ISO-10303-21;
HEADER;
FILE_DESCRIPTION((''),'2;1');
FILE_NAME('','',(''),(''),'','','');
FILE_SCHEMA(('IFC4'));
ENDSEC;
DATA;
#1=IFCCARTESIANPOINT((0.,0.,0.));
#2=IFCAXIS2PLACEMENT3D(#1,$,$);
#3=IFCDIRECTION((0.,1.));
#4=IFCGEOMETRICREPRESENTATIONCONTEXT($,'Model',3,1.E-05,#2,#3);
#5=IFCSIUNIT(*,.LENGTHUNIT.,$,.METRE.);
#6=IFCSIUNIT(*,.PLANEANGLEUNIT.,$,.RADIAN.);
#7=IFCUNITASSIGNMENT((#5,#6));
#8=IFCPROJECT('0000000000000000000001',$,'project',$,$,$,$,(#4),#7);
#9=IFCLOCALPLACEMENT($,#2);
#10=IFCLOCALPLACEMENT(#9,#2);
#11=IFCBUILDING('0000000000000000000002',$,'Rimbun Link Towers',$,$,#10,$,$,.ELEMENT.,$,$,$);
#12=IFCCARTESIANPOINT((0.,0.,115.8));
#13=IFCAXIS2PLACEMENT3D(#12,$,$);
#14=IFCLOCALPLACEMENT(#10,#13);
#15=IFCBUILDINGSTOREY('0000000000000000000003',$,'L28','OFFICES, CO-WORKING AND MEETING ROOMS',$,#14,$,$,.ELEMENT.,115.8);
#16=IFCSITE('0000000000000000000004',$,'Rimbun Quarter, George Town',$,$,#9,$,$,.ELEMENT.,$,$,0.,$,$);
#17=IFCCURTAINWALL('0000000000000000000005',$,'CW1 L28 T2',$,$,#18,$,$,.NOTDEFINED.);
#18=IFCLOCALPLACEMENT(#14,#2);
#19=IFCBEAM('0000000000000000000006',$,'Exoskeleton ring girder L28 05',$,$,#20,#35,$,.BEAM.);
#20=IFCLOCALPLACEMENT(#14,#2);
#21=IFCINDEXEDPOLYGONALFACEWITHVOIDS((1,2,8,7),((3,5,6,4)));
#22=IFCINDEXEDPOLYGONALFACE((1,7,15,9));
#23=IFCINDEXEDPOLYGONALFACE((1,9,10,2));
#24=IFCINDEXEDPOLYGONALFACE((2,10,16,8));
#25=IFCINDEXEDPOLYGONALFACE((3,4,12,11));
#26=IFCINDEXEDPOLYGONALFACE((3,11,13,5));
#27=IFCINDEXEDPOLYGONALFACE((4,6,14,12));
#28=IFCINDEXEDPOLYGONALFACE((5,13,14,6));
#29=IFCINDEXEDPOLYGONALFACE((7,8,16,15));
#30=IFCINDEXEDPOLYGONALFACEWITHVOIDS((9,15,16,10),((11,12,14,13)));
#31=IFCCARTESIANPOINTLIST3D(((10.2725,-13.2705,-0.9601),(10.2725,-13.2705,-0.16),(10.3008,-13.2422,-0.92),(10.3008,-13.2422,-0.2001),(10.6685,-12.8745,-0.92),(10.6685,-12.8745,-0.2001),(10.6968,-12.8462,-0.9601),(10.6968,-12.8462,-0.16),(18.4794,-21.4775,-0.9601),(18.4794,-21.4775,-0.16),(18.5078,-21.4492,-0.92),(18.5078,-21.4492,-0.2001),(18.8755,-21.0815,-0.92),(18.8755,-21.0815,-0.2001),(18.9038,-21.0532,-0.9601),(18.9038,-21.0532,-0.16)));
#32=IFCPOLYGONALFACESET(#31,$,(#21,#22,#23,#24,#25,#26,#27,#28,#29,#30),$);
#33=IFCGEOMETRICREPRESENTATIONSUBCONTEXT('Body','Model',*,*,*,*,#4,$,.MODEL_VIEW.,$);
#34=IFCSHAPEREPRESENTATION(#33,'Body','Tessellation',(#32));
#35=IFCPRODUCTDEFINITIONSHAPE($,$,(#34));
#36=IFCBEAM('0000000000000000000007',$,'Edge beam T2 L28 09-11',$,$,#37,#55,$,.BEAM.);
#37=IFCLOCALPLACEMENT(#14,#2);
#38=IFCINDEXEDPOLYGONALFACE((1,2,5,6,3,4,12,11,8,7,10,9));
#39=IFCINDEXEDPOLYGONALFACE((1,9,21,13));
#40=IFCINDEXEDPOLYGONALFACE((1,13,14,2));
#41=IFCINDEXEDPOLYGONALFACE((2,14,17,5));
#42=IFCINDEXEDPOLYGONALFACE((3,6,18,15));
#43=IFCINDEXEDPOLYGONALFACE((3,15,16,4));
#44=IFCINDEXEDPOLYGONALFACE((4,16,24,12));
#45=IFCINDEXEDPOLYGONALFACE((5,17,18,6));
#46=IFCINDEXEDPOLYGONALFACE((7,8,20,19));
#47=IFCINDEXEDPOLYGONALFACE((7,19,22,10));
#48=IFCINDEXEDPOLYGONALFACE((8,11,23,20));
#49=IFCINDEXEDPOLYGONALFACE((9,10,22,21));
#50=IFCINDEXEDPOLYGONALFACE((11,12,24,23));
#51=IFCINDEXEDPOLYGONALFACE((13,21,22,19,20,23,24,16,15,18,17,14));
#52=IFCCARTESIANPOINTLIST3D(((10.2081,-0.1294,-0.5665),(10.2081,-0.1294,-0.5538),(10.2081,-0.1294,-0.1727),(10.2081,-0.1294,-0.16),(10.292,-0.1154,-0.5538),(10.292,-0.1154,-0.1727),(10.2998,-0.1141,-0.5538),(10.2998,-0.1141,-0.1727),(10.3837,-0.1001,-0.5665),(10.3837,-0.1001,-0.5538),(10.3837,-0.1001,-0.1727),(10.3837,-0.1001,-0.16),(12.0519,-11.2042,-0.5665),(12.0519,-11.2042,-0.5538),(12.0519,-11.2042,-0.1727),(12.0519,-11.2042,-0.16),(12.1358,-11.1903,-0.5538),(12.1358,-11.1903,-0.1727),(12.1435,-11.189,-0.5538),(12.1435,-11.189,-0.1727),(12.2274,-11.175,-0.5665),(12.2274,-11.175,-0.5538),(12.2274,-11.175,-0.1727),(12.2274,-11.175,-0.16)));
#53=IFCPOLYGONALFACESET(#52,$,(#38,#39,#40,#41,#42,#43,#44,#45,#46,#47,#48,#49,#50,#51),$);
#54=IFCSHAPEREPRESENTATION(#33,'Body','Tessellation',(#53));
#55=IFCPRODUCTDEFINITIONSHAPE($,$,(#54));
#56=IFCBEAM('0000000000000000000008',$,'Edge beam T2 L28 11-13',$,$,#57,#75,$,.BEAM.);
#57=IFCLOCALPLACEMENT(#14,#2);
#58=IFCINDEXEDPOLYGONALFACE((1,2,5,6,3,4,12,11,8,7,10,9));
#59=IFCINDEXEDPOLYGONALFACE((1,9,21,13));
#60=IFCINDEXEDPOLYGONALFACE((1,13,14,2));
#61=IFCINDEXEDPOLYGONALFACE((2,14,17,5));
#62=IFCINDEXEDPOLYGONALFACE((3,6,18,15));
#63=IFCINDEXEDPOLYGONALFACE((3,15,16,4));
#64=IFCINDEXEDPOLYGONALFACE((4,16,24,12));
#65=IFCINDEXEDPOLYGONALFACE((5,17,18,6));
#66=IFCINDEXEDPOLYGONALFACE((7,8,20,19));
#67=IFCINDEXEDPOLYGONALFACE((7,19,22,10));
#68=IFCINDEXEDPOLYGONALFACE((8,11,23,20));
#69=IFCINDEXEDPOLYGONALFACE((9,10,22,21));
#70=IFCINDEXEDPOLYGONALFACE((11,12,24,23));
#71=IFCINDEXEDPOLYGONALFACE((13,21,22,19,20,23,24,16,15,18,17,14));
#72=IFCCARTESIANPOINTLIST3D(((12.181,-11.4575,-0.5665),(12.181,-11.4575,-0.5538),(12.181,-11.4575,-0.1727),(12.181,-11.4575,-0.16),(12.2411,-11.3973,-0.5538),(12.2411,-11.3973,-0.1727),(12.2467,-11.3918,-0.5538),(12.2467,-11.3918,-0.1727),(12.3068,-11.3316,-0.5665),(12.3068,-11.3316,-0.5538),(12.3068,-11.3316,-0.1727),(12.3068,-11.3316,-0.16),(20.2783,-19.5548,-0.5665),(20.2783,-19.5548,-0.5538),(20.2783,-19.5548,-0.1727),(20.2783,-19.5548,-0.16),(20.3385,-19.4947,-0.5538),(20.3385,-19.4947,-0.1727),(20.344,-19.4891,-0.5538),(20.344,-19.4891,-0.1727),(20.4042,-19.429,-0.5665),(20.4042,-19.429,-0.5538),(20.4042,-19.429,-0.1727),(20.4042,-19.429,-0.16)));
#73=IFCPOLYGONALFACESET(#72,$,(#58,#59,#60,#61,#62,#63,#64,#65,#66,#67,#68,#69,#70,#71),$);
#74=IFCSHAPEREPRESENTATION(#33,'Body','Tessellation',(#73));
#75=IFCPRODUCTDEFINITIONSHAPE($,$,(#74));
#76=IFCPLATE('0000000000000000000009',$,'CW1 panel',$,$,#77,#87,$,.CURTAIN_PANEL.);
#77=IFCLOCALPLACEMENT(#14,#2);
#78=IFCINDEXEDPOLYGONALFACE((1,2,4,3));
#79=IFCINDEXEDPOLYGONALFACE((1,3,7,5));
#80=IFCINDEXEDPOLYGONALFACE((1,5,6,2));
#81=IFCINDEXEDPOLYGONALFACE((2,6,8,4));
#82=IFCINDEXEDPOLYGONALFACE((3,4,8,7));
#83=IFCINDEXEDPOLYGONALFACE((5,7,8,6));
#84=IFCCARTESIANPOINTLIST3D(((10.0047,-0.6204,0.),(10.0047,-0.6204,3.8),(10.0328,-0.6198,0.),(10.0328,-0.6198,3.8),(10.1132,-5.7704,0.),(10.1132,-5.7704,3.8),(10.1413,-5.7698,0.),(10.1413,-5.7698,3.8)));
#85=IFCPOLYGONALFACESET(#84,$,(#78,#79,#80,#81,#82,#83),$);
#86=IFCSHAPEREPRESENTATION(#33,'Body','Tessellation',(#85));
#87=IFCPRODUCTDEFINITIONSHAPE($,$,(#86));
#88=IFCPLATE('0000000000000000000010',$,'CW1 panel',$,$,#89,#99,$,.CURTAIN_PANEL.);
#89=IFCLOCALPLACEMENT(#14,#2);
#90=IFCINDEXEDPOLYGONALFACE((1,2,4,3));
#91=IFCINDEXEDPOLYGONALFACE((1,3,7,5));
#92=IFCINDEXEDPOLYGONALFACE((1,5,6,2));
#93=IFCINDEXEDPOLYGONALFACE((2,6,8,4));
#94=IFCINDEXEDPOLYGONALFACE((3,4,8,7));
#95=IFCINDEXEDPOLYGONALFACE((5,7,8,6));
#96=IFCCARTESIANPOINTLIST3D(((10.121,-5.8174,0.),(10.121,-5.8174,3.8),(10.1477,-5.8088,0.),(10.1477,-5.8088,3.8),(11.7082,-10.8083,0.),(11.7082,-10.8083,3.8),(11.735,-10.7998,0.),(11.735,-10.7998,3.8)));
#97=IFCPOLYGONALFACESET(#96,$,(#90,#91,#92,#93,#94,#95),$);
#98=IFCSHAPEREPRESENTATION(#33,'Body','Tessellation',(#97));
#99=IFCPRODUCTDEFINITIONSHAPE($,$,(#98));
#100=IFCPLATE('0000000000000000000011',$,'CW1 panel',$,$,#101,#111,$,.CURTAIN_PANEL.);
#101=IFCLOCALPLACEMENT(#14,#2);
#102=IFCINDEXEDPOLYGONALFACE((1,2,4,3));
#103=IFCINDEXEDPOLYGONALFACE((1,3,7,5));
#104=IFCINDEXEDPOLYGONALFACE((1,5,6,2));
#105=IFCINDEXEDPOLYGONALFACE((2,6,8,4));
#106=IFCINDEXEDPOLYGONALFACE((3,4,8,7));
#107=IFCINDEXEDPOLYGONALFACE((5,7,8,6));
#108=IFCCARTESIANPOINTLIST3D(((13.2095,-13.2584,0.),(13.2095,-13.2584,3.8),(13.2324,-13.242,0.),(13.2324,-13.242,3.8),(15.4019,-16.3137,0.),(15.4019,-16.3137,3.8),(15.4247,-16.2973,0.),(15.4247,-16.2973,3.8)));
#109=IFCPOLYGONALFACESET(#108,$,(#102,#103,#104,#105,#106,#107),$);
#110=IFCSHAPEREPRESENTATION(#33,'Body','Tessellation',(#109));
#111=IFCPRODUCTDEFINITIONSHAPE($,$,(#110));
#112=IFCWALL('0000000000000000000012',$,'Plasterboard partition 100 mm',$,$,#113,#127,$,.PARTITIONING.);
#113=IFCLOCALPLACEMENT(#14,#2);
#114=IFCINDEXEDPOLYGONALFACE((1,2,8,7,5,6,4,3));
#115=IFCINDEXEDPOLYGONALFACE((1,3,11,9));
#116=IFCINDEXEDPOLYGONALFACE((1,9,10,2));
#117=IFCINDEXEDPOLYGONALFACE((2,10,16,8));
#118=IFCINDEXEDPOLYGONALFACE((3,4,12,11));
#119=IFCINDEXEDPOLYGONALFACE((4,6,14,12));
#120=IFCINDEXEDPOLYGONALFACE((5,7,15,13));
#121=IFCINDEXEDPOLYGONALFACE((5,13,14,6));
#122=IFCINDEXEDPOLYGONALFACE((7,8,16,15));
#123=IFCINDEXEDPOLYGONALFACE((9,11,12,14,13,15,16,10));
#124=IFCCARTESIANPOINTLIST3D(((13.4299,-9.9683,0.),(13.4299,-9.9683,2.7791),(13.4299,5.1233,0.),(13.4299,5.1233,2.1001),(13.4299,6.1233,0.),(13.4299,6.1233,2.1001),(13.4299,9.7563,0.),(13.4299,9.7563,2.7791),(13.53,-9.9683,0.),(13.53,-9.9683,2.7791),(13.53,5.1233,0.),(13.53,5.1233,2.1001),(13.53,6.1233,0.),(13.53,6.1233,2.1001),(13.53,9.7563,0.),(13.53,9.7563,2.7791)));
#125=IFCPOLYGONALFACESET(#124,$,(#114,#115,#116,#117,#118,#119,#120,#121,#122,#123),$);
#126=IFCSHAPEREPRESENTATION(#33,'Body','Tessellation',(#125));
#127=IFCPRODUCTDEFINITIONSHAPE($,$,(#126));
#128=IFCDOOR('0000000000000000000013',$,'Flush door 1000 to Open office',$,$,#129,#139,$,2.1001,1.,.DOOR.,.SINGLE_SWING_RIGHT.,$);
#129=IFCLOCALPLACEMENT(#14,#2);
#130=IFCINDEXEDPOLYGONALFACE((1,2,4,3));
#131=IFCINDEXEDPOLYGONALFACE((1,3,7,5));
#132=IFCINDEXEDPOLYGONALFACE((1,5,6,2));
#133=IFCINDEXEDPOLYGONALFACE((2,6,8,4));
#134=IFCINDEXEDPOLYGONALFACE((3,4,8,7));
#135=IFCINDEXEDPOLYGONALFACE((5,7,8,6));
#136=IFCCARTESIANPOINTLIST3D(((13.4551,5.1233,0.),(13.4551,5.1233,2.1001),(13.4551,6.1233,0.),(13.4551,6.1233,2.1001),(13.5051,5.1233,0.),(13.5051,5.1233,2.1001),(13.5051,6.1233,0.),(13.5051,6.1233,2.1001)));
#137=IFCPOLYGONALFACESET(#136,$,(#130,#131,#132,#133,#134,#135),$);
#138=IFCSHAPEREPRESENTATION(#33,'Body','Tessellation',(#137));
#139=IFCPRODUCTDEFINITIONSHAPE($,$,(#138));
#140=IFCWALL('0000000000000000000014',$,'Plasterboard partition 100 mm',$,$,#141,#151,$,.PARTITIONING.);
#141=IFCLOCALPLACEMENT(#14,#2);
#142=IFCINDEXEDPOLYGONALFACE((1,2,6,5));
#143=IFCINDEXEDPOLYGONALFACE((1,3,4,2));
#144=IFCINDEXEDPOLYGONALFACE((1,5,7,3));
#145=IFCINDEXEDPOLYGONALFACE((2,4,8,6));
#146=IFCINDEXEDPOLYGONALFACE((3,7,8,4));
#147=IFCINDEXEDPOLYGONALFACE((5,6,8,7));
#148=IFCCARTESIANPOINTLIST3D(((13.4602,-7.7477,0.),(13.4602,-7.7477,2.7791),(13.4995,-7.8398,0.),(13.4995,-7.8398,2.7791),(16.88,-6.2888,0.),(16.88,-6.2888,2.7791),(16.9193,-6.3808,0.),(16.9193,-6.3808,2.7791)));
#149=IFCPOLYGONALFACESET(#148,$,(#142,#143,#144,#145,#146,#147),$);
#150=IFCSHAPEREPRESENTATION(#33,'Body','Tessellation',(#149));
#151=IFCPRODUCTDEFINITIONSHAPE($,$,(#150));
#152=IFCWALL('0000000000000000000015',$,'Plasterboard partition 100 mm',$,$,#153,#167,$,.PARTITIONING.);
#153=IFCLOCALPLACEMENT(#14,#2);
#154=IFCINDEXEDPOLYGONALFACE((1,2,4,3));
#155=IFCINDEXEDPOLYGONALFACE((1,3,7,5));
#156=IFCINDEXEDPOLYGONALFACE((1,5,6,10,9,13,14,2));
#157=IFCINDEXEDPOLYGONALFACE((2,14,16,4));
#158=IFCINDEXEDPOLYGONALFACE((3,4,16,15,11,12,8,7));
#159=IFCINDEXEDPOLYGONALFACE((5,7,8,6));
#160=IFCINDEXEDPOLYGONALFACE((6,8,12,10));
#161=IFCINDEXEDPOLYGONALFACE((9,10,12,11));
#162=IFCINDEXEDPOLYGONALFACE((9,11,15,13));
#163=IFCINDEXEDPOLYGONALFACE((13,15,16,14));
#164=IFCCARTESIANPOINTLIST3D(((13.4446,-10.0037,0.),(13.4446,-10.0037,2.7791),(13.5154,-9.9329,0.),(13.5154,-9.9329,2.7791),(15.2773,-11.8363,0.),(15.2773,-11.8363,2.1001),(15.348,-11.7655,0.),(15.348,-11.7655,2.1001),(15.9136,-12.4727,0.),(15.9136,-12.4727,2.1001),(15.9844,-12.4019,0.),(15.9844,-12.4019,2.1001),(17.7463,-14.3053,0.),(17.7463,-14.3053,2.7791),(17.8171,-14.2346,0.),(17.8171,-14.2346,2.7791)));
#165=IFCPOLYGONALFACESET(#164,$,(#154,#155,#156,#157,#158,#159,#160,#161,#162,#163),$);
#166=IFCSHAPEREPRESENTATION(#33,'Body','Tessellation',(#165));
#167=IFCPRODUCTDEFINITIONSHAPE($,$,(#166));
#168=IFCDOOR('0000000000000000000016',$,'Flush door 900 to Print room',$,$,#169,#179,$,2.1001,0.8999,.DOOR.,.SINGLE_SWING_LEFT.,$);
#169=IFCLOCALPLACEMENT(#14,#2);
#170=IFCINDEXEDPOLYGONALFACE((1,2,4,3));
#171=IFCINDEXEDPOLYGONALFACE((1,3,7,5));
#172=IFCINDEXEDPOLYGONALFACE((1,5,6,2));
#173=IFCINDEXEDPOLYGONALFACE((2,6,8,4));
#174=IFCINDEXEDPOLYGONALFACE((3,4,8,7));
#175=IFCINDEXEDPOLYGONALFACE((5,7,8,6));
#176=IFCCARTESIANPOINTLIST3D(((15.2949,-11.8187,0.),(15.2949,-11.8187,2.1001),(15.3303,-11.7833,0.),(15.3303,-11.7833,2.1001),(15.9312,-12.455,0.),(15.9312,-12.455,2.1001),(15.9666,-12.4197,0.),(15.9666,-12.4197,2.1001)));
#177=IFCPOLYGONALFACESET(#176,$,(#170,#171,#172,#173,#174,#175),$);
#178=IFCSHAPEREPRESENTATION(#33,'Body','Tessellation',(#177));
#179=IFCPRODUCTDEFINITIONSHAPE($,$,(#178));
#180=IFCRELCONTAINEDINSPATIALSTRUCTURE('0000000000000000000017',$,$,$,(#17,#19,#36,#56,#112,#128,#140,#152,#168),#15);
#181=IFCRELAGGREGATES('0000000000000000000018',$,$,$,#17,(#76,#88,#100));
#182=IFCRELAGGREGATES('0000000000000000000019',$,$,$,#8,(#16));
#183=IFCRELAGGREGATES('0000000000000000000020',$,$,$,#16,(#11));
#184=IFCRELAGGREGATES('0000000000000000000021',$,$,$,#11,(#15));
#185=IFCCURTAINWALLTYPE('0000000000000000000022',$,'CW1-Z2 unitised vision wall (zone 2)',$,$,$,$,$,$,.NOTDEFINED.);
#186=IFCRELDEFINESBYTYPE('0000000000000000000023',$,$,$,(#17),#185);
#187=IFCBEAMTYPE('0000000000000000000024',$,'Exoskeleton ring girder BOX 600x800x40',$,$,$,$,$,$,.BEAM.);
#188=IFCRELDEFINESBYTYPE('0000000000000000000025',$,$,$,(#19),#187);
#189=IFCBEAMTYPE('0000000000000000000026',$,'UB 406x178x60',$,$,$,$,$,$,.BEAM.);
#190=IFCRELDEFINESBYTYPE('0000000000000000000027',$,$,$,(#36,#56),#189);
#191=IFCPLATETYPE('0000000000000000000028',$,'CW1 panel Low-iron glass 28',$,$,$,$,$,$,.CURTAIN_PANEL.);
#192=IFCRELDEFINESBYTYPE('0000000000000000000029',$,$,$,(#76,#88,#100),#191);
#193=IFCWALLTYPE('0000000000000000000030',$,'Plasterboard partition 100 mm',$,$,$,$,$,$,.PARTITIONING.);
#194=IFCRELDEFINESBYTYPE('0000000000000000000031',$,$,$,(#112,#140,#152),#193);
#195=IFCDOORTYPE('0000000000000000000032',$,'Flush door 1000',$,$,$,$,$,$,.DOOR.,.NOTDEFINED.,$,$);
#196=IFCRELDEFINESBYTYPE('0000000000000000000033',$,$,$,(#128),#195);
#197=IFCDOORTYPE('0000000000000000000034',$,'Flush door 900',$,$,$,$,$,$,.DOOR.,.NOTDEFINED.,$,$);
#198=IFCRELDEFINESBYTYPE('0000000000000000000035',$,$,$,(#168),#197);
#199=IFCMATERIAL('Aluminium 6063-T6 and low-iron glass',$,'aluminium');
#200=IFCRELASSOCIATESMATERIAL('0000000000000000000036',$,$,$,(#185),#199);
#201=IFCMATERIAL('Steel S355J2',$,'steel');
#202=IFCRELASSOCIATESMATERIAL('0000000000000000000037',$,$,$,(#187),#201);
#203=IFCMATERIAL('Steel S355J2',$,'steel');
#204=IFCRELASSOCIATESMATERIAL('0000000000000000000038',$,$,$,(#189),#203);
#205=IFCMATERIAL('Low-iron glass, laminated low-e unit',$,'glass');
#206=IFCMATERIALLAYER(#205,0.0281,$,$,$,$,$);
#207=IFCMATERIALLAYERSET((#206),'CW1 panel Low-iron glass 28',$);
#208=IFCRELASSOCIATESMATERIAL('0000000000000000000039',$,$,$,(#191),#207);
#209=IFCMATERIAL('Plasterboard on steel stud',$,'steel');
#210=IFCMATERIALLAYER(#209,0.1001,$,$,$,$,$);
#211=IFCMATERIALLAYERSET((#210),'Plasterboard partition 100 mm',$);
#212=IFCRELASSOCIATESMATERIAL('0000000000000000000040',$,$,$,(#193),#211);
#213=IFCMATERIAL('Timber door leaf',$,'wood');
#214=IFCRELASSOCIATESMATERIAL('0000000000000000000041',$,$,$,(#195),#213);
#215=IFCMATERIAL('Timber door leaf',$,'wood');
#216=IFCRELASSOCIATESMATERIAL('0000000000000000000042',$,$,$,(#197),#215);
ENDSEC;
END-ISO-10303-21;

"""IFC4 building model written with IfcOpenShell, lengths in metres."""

from ifc_helpers import new_model, si_unit, direction, frame, frame_2d, origin, origin_2d, place, context, subcontext, project, spatial, rectangle, hollow_rectangle, i_section, extrude, material, layer, layer_set, material_profile, profile_set, type_object, element, fill, aggregate, save


model = new_model("IFC4")

# Units and contexts
model_context = context("Model", 3, precision=1e-05, world=origin(), true_north=direction((0.0, 1.0)))
body_context = subcontext(model_context, "Body", "Model", "MODEL_VIEW")
ifc_project = project(units=[si_unit("LENGTHUNIT", "METRE"), si_unit("PLANEANGLEUNIT", "RADIAN")], contexts=[model_context])

# Site, building, storey
site_placement = place(None, origin())
site = spatial("IfcSite", under=ifc_project, at=site_placement, Name="Rimbun Quarter, George Town", CompositionType="ELEMENT", RefElevation=0.0)
building_placement = place(site_placement, origin())
building = spatial("IfcBuilding", under=site, at=building_placement, Name="Rimbun Link Towers", CompositionType="ELEMENT")
storey_placement = place(building_placement, frame((0.0, 0.0, 115.8)))
storey = spatial("IfcBuildingStorey", under=building, at=storey_placement, Name="L28", Description="OFFICES, CO-WORKING AND MEETING ROOMS", CompositionType="ELEMENT", Elevation=115.8)

# Curtain wall
ifc_material_1 = material(Name="Aluminium 6063-T6 and low-iron glass", Category="aluminium")
curtain_wall_type = type_object("IfcCurtainWallType", Name="CW1-Z2 unitised vision wall (zone 2)", PredefinedType="NOTDEFINED", material=ifc_material_1)
curtain_wall_placement = place(storey_placement, origin())
curtain_wall = element("IfcCurtainWall", 1, at=curtain_wall_placement, inside=storey, type_object=curtain_wall_type, Name="CW1 L28 T2", PredefinedType="NOTDEFINED")

# Beams
ifc_material_2 = material(Name="Steel S355J2", Category="steel")
ifc_material_profile_1 = material_profile(ifc_material_2, hollow_rectangle(XDim=0.6001, YDim=0.8, WallThickness=0.04, at=origin_2d()), Name="Exoskeleton ring girder BOX 600x800x40")
ifc_profile_set_1 = profile_set([ifc_material_profile_1], Name="Steel S355J2")
beam_type_1 = type_object("IfcBeamType", Name="Exoskeleton ring girder BOX 600x800x40", PredefinedType="BEAM", material=ifc_profile_set_1)
beam_1_placement = place(storey_placement, frame((10.4846, -13.0583, -0.5601), z_axis=(0.707107, -0.707107, 0.0), x_axis=(0.707107, 0.707107, 0.0)))
element("IfcBeam", 2, at=beam_1_placement, inside=storey, type_object=beam_type_1, Name="Exoskeleton ring girder L28 05", PredefinedType="BEAM", context=body_context, shape_type="SweptSolid", body=[
    extrude(hollow_rectangle(XDim=0.6001, YDim=0.8, WallThickness=0.04, at=origin_2d()), origin(), (0.0, 0.0, 1.0), 11.6064),
])
ifc_material_3 = material(Name="Steel S355J2", Category="steel")
ifc_material_profile_2 = material_profile(ifc_material_3, i_section(OverallWidth=0.178, OverallDepth=0.4065, WebThickness=0.0078, FlangeThickness=0.0127, at=origin_2d()), Name="UB 406x178x60")
ifc_profile_set_2 = profile_set([ifc_material_profile_2], Name="Steel S355J2")
beam_type_2 = type_object("IfcBeamType", Name="UB 406x178x60", PredefinedType="BEAM", material=ifc_profile_set_2)
beam_2_placement = place(storey_placement, frame((10.2959, -0.1147, -0.3633), z_axis=(0.164219, -0.986424, 0.0), x_axis=(0.986424, 0.164219, 0.0)))
element("IfcBeam", 3, at=beam_2_placement, inside=storey, type_object=beam_type_2, Name="Edge beam T2 L28 09-11", PredefinedType="BEAM", context=body_context, shape_type="SweptSolid", body=[
    extrude(i_section(OverallWidth=0.178, OverallDepth=0.4065, WebThickness=0.0078, FlangeThickness=0.0127, at=origin_2d()), origin(), (0.0, 0.0, 1.0), 11.2273),
])
beam_3_placement = place(storey_placement, frame((12.2439, -11.3945, -0.3633), z_axis=(0.707107, -0.707107, 0.0), x_axis=(0.707107, 0.707107, 0.0)))
element("IfcBeam", 4, at=beam_3_placement, inside=storey, type_object=beam_type_2, Name="Edge beam T2 L28 11-13", PredefinedType="BEAM", context=body_context, shape_type="SweptSolid", body=[
    extrude(i_section(OverallWidth=0.178, OverallDepth=0.4065, WebThickness=0.0078, FlangeThickness=0.0127, at=origin_2d()), origin(), (0.0, 0.0, 1.0), 11.4514),
])

# Plates
ifc_material_4 = material(Name="Low-iron glass, laminated low-e unit", Category="glass")
ifc_layer_1 = layer(ifc_material_4, 0.0281)
ifc_layer_set_1 = layer_set([ifc_layer_1], Name="CW1 panel Low-iron glass 28")
plate_type = type_object("IfcPlateType", Name="CW1 panel Low-iron glass 28", PredefinedType="CURTAIN_PANEL", material=ifc_layer_set_1)
plate_1_placement = place(storey_placement, frame((10.073, -3.1951, 0.0), z_axis=(0.0, 0.0, 1.0), x_axis=(-0.021066, 0.999778, 0.0)))
plate_1 = element("IfcPlate", 5, at=plate_1_placement, type_object=plate_type, Name="CW1 panel", PredefinedType="CURTAIN_PANEL", context=body_context, shape_type="SweptSolid", body=[
    extrude(rectangle(XDim=5.1511, YDim=0.0281, at=origin_2d()), origin(), (0.0, 0.0, 1.0), 3.8),
])
plate_2_placement = place(storey_placement, frame((10.928, -8.3086, 0.0), z_axis=(0.0, 0.0, 1.0), x_axis=(-0.303073, 0.952967, 0.0)))
plate_2 = element("IfcPlate", 6, at=plate_2_placement, type_object=plate_type, Name="CW1 panel", PredefinedType="CURTAIN_PANEL", context=body_context, shape_type="SweptSolid", body=[
    extrude(rectangle(XDim=5.2373, YDim=0.0281, at=origin_2d()), origin(), (0.0, 0.0, 1.0), 3.8),
])
plate_3_placement = place(storey_placement, frame((14.3171, -14.7778, 0.0), z_axis=(0.0, 0.0, 1.0), x_axis=(-0.583004, 0.812469, 0.0)))
plate_3 = element("IfcPlate", 7, at=plate_3_placement, type_object=plate_type, Name="CW1 panel", PredefinedType="CURTAIN_PANEL", context=body_context, shape_type="SweptSolid", body=[
    extrude(rectangle(XDim=3.7605, YDim=0.0281, at=origin_2d()), origin(), (0.0, 0.0, 1.0), 3.8),
])
aggregate(curtain_wall, [plate_1, plate_2, plate_3])

# Wall, opening, door
ifc_material_5 = material(Name="Plasterboard on steel stud", Category="steel")
ifc_layer_2 = layer(ifc_material_5, 0.1001)
ifc_layer_set_2 = layer_set([ifc_layer_2], Name="Plasterboard partition 100 mm")
wall_type = type_object("IfcWallType", Name="Plasterboard partition 100 mm", PredefinedType="PARTITIONING", material=ifc_layer_set_2)
wall_1_placement = place(storey_placement, frame((13.48, -9.9683, 0.0), z_axis=(0.0, 0.0, 1.0), x_axis=(0.0, 1.0, 0.0)))
wall_1 = element("IfcWall", 8, at=wall_1_placement, inside=storey, type_object=wall_type, Name="Plasterboard partition 100 mm", PredefinedType="PARTITIONING", context=body_context, shape_type="SweptSolid", body=[
    extrude(rectangle(XDim=19.7246, YDim=0.1001, at=frame_2d((9.8623, 0.0))), origin(), (0.0, 0.0, 1.0), 2.7791),
])
opening_1_placement = place(wall_1_placement, frame((15.0916, 0.0, 0.0)))
opening_1 = element("IfcOpeningElement", 9, at=opening_1_placement, cuts=wall_1, PredefinedType="OPENING", context=body_context, shape_type="SweptSolid", body=[
    extrude(rectangle(XDim=1.0, YDim=2.1001, at=frame_2d((0.5, 1.05))), frame((0.0, 0.0601, 0.0), z_axis=(0.0, -1.0, 0.0), x_axis=(1.0, 0.0, 0.0)), (0.0, 0.0, 1.0), 0.1201),
])
ifc_material_6 = material(Name="Timber door leaf", Category="wood")
door_type_1 = type_object("IfcDoorType", Name="Flush door 1000", OperationType="NOTDEFINED", PredefinedType="DOOR", material=ifc_material_6)
door_1_placement = place(opening_1_placement, origin())
door_1 = element("IfcDoor", 10, at=door_1_placement, inside=storey, type_object=door_type_1, Name="Flush door 1000 to Open office", OperationType="SINGLE_SWING_RIGHT", OverallHeight=2.1001, OverallWidth=1.0, PredefinedType="DOOR", context=body_context, shape_type="SweptSolid", body=[
    extrude(rectangle(XDim=1.0, YDim=2.1001, at=frame_2d((0.5, 1.05))), frame((0.0, 0.0249, 0.0), z_axis=(0.0, -1.0, 0.0), x_axis=(1.0, 0.0, 0.0)), (0.0, 0.0, 1.0), 0.05),
])
fill(opening_1, door_1)

# Wall
wall_2_placement = place(storey_placement, frame((13.48, -7.7937, 0.0), z_axis=(0.0, 0.0, 1.0), x_axis=(0.919796, 0.392397, 0.0)))
element("IfcWall", 11, at=wall_2_placement, inside=storey, type_object=wall_type, Name="Plasterboard partition 100 mm", PredefinedType="PARTITIONING", context=body_context, shape_type="SweptSolid", body=[
    extrude(rectangle(XDim=3.718, YDim=0.1001, at=frame_2d((1.8589, 0.0))), origin(), (0.0, 0.0, 1.0), 2.7791),
])

# Wall, opening, door
wall_3_placement = place(storey_placement, frame((13.48, -9.9683, 0.0), z_axis=(0.0, 0.0, 1.0), x_axis=(0.707107, -0.707107, 0.0)))
wall_3 = element("IfcWall", 12, at=wall_3_placement, inside=storey, type_object=wall_type, Name="Plasterboard partition 100 mm", PredefinedType="PARTITIONING", context=body_context, shape_type="SweptSolid", body=[
    extrude(rectangle(XDim=6.0835, YDim=0.1001, at=frame_2d((3.0417, 0.0))), origin(), (0.0, 0.0, 1.0), 2.7791),
])
opening_2_placement = place(wall_3_placement, frame((2.5918, 0.0, 0.0)))
opening_2 = element("IfcOpeningElement", 13, at=opening_2_placement, cuts=wall_3, PredefinedType="OPENING", context=body_context, shape_type="SweptSolid", body=[
    extrude(rectangle(XDim=0.8999, YDim=2.1001, at=frame_2d((0.45, 1.05))), frame((0.0, 0.0601, 0.0), z_axis=(0.0, -1.0, 0.0), x_axis=(1.0, 0.0, 0.0)), (0.0, 0.0, 1.0), 0.1201),
])
ifc_material_7 = material(Name="Timber door leaf", Category="wood")
door_type_2 = type_object("IfcDoorType", Name="Flush door 900", OperationType="NOTDEFINED", PredefinedType="DOOR", material=ifc_material_7)
door_2_placement = place(opening_2_placement, origin())
door_2 = element("IfcDoor", 14, at=door_2_placement, inside=storey, type_object=door_type_2, Name="Flush door 900 to Print room", OperationType="SINGLE_SWING_LEFT", OverallHeight=2.1001, OverallWidth=0.8999, PredefinedType="DOOR", context=body_context, shape_type="SweptSolid", body=[
    extrude(rectangle(XDim=0.8999, YDim=2.1001, at=frame_2d((0.45, 1.05))), frame((0.0, 0.0249, 0.0), z_axis=(0.0, -1.0, 0.0), x_axis=(1.0, 0.0, 0.0)), (0.0, 0.0, 1.0), 0.05),
])
fill(opening_2, door_2)

save(model, "model.ifc")
